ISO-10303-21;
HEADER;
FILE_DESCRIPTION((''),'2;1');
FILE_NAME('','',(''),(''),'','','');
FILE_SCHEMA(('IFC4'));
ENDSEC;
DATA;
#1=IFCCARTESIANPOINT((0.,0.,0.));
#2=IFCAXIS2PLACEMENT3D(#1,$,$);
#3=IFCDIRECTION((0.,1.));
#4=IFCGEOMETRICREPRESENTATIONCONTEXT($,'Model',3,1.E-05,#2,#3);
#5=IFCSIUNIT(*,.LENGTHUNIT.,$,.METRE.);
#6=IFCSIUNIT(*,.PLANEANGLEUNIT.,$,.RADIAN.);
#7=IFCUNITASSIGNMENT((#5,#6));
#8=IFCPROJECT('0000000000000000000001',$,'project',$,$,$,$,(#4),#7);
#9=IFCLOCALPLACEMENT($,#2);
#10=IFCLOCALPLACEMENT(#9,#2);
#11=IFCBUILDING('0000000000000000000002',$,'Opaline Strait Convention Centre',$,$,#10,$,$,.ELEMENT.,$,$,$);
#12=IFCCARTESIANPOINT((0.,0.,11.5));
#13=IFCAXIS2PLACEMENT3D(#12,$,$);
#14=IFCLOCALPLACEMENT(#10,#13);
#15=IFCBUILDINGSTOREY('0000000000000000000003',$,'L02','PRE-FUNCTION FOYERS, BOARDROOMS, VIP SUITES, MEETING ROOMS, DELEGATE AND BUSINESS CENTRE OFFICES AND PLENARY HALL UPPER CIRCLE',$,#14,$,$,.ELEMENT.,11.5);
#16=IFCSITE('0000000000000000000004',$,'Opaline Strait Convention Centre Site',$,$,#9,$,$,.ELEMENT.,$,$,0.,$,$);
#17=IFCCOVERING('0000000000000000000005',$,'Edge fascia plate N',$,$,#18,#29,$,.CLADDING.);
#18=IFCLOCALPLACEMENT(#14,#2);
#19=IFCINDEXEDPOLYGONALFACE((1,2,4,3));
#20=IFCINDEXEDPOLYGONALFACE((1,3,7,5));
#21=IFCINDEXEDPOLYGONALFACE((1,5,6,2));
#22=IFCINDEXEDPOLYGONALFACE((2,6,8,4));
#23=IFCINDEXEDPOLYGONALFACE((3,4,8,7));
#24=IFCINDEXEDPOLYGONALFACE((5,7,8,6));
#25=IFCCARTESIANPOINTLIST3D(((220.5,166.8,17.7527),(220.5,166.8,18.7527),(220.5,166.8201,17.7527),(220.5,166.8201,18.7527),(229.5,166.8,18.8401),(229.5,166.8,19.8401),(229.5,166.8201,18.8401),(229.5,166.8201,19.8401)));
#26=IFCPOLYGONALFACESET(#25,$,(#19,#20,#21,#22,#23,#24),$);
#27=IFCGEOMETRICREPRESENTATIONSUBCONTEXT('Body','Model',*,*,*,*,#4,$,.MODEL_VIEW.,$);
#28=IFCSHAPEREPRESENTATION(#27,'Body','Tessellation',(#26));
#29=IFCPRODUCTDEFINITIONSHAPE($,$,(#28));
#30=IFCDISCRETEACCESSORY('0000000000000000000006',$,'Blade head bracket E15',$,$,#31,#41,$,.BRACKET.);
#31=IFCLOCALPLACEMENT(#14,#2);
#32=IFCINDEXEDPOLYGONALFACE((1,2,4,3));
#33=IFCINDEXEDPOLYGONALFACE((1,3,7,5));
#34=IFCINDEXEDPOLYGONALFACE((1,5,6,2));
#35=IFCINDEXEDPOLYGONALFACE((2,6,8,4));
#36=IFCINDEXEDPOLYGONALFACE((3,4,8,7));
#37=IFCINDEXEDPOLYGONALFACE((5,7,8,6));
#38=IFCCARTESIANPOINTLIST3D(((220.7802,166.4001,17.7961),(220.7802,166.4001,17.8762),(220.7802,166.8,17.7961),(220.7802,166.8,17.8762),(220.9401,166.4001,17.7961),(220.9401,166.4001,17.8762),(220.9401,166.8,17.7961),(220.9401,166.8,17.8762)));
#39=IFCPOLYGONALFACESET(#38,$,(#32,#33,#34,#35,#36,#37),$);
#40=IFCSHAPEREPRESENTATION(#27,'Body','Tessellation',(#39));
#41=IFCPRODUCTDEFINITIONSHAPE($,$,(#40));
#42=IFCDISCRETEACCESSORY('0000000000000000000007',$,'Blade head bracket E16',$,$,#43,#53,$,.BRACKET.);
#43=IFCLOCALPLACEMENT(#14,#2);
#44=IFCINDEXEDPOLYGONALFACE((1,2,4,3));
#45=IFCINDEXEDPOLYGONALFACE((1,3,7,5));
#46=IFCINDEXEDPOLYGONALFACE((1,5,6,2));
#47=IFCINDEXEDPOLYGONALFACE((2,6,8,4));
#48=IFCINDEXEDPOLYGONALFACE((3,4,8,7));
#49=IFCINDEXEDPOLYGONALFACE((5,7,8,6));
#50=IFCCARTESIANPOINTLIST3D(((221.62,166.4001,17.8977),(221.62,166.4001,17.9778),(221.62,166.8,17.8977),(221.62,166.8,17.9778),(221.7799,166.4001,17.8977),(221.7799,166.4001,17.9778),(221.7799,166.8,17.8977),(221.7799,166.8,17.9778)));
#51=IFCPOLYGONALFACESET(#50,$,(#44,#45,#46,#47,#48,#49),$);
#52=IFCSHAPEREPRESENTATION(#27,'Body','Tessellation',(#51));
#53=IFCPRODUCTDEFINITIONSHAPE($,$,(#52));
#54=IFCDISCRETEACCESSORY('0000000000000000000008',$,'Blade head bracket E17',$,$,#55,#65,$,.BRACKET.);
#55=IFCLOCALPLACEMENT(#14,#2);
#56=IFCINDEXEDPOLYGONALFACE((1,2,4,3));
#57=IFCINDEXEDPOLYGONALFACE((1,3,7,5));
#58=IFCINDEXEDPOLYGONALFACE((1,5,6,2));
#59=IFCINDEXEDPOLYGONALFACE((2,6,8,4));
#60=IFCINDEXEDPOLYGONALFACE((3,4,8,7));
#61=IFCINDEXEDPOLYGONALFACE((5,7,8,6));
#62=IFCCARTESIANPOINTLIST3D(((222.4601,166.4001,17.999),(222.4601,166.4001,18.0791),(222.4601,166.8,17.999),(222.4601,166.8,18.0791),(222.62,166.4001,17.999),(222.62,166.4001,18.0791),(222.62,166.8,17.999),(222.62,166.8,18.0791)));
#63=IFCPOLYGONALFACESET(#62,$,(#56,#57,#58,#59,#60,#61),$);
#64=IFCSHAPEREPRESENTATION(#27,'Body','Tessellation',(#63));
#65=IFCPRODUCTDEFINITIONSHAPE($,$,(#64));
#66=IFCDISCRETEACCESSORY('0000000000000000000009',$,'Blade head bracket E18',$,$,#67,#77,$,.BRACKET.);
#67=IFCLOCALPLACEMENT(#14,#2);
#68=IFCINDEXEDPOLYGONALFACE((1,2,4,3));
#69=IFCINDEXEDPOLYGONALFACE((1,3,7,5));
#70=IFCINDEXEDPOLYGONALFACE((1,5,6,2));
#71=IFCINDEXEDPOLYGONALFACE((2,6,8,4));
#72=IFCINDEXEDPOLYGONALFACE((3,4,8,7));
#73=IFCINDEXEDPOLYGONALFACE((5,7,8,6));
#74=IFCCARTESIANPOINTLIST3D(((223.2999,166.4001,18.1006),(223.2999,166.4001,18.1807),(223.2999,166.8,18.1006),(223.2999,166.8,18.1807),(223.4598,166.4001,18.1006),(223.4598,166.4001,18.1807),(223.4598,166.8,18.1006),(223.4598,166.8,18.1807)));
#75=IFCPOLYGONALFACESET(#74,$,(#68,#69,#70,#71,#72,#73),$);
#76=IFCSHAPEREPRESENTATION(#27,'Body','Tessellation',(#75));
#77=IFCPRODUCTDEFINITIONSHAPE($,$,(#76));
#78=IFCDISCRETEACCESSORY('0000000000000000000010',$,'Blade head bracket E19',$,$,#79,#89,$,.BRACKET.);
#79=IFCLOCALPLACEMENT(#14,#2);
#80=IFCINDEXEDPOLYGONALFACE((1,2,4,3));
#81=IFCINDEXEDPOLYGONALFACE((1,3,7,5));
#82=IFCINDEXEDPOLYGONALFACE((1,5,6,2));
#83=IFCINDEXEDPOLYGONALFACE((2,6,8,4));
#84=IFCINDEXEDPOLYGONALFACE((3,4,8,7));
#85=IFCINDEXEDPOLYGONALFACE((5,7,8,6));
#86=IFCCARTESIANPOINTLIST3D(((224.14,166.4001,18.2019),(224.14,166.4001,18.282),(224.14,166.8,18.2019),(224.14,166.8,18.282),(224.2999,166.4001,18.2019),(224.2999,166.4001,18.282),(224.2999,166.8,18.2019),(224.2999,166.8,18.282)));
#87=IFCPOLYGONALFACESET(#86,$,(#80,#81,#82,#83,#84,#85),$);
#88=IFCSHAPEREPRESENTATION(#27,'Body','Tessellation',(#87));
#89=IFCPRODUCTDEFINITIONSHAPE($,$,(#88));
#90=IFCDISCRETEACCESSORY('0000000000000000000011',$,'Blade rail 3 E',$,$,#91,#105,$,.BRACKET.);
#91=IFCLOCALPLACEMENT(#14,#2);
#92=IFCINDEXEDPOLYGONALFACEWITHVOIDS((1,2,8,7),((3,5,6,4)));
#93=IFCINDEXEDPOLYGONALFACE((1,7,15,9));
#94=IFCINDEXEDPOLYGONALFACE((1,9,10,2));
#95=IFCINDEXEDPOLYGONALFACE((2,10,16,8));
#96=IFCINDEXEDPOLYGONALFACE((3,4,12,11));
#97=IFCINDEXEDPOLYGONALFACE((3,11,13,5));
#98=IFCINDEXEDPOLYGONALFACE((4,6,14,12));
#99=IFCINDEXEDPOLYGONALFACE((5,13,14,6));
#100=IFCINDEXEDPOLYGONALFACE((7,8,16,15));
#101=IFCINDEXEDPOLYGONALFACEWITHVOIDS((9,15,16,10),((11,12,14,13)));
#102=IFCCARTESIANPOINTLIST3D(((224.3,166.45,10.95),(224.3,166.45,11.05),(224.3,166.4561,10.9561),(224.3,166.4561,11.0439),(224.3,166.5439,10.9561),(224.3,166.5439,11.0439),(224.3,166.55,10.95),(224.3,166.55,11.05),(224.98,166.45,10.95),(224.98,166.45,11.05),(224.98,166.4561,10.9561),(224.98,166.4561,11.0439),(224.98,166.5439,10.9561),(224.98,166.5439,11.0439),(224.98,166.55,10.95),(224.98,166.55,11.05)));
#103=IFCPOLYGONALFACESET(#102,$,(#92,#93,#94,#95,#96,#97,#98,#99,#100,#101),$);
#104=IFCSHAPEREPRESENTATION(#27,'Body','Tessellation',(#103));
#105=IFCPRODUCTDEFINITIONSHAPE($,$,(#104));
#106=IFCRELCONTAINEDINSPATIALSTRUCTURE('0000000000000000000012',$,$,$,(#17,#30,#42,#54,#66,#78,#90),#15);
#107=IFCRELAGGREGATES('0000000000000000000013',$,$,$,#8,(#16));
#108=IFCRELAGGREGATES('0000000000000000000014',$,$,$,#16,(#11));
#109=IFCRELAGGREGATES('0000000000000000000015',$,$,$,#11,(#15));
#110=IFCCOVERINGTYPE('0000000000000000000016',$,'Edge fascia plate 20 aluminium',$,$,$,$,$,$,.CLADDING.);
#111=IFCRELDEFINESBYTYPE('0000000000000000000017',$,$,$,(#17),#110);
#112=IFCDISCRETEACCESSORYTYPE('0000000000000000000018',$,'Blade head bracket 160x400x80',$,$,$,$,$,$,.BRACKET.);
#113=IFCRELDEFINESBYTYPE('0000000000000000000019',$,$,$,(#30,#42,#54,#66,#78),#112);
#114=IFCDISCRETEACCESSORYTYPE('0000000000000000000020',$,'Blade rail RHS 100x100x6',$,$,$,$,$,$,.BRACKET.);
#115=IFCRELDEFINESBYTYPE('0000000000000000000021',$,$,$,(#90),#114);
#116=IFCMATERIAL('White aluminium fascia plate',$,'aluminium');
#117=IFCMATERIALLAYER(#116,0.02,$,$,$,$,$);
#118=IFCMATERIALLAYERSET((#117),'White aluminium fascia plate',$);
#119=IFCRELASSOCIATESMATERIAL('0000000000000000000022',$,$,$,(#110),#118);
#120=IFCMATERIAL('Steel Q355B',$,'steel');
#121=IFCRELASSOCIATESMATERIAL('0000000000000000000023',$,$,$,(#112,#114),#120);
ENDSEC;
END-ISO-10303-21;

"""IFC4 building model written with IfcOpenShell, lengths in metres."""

from ifc_helpers import new_model, si_unit, direction, frame, origin, origin_2d, place, context, subcontext, project, spatial, polyline, rectangle, hollow_rectangle, outline, extrude, material, layer, layer_set, material_profile, profile_set, type_object, element, save


model = new_model("IFC4")

# Units and contexts
model_context = context("Model", 3, precision=1e-05, world=origin(), true_north=direction((0.0, 1.0)))
body_context = subcontext(model_context, "Body", "Model", "MODEL_VIEW")
ifc_project = project(units=[si_unit("LENGTHUNIT", "METRE"), si_unit("PLANEANGLEUNIT", "RADIAN")], contexts=[model_context])

# Site, building, storey
site_placement = place(None, origin())
site = spatial("IfcSite", under=ifc_project, at=site_placement, Name="Opaline Strait Convention Centre Site", CompositionType="ELEMENT", RefElevation=0.0)
building_placement = place(site_placement, origin())
building = spatial("IfcBuilding", under=site, at=building_placement, Name="Opaline Strait Convention Centre", CompositionType="ELEMENT")
storey_placement = place(building_placement, frame((0.0, 0.0, 11.5)))
storey = spatial("IfcBuildingStorey", under=building, at=storey_placement, Name="L02", Description="PRE-FUNCTION FOYERS, BOARDROOMS, VIP SUITES, MEETING ROOMS, DELEGATE AND BUSINESS CENTRE OFFICES AND PLENARY HALL UPPER CIRCLE", CompositionType="ELEMENT", Elevation=11.5)

# Shared definitions
ifc_material_1 = material(Name="Steel Q355B", Category="steel")

# Covering
ifc_material_2 = material(Name="White aluminium fascia plate", Category="aluminium")
ifc_layer_1 = layer(ifc_material_2, 0.02)
ifc_layer_set_1 = layer_set([ifc_layer_1], Name="White aluminium fascia plate")
covering_type = type_object("IfcCoveringType", Name="Edge fascia plate 20 aluminium", PredefinedType="CLADDING", material=ifc_layer_set_1)
covering_placement = place(storey_placement, frame((225.0, 166.8, 18.7964), z_axis=(0.0, 1.0, 0.0), x_axis=(-1.0, 0.0, 0.0)))
element("IfcCovering", 1, at=covering_placement, inside=storey, type_object=covering_type, Name="Edge fascia plate N", PredefinedType="CLADDING", context=body_context, shape_type="SweptSolid", body=[
    extrude(outline(polyline([(-4.5, 1.0437), (4.5, -0.0437), (4.5, -1.0437), (-4.5, 0.0437), (-4.5, 1.0437)])), origin(), (0.0, 0.0, 1.0), 0.02),
])

# Discrete accessories
discrete_accessory_type_1 = type_object("IfcDiscreteAccessoryType", Name="Blade head bracket 160x400x80", PredefinedType="BRACKET", material=ifc_material_1)
for number, where, z_axis, x_axis, name in (
    (2, (220.8601, 166.6001, 17.7961), (0.0, 0.0, 1.0), (1.0, 0.0, 0.0), "Blade head bracket E15"),
    (3, (221.7, 166.6001, 17.8977), (0.0, 0.0, 1.0), (1.0, 0.0, 0.0), "Blade head bracket E16"),
    (4, (222.54, 166.6001, 17.999), (0.0, 0.0, 1.0), (1.0, 0.0, 0.0), "Blade head bracket E17"),
    (5, (223.3799, 166.6001, 18.1006), (0.0, 0.0, 1.0), (1.0, 0.0, 0.0), "Blade head bracket E18"),
    (6, (224.22, 166.6001, 18.2019), (0.0, 0.0, 1.0), (1.0, 0.0, 0.0), "Blade head bracket E19"),
):
    element("IfcDiscreteAccessory", number, at=place(storey_placement, frame(where, z_axis=z_axis, x_axis=x_axis)), inside=storey, type_object=discrete_accessory_type_1, Name=name, PredefinedType="BRACKET", context=body_context, shape_type="SweptSolid", body=[
        extrude(rectangle(XDim=0.1599, YDim=0.3999, at=origin_2d()), origin(), (0.0, 0.0, 1.0), 0.0801),
    ])
ifc_material_profile_1 = material_profile(ifc_material_1, hollow_rectangle(XDim=0.1001, YDim=0.1001, WallThickness=0.0061, at=origin_2d()), Name="RHS 100x100x6")
ifc_profile_set_1 = profile_set([ifc_material_profile_1], Name="Steel Q355B")
discrete_accessory_type_2 = type_object("IfcDiscreteAccessoryType", Name="Blade rail RHS 100x100x6", PredefinedType="BRACKET", material=ifc_profile_set_1)
discrete_accessory_placement = place(storey_placement, frame((224.3, 166.5, 11.0), z_axis=(1.0, 0.0, 0.0), x_axis=(0.0, 1.0, 0.0)))
element("IfcDiscreteAccessory", 7, at=discrete_accessory_placement, inside=storey, type_object=discrete_accessory_type_2, Name="Blade rail 3 E", PredefinedType="BRACKET", context=body_context, shape_type="SweptSolid", body=[
    extrude(hollow_rectangle(XDim=0.1001, YDim=0.1001, WallThickness=0.0061, at=origin_2d()), origin(), (0.0, 0.0, 1.0), 0.6799),
])

save(model, "model.ifc")
